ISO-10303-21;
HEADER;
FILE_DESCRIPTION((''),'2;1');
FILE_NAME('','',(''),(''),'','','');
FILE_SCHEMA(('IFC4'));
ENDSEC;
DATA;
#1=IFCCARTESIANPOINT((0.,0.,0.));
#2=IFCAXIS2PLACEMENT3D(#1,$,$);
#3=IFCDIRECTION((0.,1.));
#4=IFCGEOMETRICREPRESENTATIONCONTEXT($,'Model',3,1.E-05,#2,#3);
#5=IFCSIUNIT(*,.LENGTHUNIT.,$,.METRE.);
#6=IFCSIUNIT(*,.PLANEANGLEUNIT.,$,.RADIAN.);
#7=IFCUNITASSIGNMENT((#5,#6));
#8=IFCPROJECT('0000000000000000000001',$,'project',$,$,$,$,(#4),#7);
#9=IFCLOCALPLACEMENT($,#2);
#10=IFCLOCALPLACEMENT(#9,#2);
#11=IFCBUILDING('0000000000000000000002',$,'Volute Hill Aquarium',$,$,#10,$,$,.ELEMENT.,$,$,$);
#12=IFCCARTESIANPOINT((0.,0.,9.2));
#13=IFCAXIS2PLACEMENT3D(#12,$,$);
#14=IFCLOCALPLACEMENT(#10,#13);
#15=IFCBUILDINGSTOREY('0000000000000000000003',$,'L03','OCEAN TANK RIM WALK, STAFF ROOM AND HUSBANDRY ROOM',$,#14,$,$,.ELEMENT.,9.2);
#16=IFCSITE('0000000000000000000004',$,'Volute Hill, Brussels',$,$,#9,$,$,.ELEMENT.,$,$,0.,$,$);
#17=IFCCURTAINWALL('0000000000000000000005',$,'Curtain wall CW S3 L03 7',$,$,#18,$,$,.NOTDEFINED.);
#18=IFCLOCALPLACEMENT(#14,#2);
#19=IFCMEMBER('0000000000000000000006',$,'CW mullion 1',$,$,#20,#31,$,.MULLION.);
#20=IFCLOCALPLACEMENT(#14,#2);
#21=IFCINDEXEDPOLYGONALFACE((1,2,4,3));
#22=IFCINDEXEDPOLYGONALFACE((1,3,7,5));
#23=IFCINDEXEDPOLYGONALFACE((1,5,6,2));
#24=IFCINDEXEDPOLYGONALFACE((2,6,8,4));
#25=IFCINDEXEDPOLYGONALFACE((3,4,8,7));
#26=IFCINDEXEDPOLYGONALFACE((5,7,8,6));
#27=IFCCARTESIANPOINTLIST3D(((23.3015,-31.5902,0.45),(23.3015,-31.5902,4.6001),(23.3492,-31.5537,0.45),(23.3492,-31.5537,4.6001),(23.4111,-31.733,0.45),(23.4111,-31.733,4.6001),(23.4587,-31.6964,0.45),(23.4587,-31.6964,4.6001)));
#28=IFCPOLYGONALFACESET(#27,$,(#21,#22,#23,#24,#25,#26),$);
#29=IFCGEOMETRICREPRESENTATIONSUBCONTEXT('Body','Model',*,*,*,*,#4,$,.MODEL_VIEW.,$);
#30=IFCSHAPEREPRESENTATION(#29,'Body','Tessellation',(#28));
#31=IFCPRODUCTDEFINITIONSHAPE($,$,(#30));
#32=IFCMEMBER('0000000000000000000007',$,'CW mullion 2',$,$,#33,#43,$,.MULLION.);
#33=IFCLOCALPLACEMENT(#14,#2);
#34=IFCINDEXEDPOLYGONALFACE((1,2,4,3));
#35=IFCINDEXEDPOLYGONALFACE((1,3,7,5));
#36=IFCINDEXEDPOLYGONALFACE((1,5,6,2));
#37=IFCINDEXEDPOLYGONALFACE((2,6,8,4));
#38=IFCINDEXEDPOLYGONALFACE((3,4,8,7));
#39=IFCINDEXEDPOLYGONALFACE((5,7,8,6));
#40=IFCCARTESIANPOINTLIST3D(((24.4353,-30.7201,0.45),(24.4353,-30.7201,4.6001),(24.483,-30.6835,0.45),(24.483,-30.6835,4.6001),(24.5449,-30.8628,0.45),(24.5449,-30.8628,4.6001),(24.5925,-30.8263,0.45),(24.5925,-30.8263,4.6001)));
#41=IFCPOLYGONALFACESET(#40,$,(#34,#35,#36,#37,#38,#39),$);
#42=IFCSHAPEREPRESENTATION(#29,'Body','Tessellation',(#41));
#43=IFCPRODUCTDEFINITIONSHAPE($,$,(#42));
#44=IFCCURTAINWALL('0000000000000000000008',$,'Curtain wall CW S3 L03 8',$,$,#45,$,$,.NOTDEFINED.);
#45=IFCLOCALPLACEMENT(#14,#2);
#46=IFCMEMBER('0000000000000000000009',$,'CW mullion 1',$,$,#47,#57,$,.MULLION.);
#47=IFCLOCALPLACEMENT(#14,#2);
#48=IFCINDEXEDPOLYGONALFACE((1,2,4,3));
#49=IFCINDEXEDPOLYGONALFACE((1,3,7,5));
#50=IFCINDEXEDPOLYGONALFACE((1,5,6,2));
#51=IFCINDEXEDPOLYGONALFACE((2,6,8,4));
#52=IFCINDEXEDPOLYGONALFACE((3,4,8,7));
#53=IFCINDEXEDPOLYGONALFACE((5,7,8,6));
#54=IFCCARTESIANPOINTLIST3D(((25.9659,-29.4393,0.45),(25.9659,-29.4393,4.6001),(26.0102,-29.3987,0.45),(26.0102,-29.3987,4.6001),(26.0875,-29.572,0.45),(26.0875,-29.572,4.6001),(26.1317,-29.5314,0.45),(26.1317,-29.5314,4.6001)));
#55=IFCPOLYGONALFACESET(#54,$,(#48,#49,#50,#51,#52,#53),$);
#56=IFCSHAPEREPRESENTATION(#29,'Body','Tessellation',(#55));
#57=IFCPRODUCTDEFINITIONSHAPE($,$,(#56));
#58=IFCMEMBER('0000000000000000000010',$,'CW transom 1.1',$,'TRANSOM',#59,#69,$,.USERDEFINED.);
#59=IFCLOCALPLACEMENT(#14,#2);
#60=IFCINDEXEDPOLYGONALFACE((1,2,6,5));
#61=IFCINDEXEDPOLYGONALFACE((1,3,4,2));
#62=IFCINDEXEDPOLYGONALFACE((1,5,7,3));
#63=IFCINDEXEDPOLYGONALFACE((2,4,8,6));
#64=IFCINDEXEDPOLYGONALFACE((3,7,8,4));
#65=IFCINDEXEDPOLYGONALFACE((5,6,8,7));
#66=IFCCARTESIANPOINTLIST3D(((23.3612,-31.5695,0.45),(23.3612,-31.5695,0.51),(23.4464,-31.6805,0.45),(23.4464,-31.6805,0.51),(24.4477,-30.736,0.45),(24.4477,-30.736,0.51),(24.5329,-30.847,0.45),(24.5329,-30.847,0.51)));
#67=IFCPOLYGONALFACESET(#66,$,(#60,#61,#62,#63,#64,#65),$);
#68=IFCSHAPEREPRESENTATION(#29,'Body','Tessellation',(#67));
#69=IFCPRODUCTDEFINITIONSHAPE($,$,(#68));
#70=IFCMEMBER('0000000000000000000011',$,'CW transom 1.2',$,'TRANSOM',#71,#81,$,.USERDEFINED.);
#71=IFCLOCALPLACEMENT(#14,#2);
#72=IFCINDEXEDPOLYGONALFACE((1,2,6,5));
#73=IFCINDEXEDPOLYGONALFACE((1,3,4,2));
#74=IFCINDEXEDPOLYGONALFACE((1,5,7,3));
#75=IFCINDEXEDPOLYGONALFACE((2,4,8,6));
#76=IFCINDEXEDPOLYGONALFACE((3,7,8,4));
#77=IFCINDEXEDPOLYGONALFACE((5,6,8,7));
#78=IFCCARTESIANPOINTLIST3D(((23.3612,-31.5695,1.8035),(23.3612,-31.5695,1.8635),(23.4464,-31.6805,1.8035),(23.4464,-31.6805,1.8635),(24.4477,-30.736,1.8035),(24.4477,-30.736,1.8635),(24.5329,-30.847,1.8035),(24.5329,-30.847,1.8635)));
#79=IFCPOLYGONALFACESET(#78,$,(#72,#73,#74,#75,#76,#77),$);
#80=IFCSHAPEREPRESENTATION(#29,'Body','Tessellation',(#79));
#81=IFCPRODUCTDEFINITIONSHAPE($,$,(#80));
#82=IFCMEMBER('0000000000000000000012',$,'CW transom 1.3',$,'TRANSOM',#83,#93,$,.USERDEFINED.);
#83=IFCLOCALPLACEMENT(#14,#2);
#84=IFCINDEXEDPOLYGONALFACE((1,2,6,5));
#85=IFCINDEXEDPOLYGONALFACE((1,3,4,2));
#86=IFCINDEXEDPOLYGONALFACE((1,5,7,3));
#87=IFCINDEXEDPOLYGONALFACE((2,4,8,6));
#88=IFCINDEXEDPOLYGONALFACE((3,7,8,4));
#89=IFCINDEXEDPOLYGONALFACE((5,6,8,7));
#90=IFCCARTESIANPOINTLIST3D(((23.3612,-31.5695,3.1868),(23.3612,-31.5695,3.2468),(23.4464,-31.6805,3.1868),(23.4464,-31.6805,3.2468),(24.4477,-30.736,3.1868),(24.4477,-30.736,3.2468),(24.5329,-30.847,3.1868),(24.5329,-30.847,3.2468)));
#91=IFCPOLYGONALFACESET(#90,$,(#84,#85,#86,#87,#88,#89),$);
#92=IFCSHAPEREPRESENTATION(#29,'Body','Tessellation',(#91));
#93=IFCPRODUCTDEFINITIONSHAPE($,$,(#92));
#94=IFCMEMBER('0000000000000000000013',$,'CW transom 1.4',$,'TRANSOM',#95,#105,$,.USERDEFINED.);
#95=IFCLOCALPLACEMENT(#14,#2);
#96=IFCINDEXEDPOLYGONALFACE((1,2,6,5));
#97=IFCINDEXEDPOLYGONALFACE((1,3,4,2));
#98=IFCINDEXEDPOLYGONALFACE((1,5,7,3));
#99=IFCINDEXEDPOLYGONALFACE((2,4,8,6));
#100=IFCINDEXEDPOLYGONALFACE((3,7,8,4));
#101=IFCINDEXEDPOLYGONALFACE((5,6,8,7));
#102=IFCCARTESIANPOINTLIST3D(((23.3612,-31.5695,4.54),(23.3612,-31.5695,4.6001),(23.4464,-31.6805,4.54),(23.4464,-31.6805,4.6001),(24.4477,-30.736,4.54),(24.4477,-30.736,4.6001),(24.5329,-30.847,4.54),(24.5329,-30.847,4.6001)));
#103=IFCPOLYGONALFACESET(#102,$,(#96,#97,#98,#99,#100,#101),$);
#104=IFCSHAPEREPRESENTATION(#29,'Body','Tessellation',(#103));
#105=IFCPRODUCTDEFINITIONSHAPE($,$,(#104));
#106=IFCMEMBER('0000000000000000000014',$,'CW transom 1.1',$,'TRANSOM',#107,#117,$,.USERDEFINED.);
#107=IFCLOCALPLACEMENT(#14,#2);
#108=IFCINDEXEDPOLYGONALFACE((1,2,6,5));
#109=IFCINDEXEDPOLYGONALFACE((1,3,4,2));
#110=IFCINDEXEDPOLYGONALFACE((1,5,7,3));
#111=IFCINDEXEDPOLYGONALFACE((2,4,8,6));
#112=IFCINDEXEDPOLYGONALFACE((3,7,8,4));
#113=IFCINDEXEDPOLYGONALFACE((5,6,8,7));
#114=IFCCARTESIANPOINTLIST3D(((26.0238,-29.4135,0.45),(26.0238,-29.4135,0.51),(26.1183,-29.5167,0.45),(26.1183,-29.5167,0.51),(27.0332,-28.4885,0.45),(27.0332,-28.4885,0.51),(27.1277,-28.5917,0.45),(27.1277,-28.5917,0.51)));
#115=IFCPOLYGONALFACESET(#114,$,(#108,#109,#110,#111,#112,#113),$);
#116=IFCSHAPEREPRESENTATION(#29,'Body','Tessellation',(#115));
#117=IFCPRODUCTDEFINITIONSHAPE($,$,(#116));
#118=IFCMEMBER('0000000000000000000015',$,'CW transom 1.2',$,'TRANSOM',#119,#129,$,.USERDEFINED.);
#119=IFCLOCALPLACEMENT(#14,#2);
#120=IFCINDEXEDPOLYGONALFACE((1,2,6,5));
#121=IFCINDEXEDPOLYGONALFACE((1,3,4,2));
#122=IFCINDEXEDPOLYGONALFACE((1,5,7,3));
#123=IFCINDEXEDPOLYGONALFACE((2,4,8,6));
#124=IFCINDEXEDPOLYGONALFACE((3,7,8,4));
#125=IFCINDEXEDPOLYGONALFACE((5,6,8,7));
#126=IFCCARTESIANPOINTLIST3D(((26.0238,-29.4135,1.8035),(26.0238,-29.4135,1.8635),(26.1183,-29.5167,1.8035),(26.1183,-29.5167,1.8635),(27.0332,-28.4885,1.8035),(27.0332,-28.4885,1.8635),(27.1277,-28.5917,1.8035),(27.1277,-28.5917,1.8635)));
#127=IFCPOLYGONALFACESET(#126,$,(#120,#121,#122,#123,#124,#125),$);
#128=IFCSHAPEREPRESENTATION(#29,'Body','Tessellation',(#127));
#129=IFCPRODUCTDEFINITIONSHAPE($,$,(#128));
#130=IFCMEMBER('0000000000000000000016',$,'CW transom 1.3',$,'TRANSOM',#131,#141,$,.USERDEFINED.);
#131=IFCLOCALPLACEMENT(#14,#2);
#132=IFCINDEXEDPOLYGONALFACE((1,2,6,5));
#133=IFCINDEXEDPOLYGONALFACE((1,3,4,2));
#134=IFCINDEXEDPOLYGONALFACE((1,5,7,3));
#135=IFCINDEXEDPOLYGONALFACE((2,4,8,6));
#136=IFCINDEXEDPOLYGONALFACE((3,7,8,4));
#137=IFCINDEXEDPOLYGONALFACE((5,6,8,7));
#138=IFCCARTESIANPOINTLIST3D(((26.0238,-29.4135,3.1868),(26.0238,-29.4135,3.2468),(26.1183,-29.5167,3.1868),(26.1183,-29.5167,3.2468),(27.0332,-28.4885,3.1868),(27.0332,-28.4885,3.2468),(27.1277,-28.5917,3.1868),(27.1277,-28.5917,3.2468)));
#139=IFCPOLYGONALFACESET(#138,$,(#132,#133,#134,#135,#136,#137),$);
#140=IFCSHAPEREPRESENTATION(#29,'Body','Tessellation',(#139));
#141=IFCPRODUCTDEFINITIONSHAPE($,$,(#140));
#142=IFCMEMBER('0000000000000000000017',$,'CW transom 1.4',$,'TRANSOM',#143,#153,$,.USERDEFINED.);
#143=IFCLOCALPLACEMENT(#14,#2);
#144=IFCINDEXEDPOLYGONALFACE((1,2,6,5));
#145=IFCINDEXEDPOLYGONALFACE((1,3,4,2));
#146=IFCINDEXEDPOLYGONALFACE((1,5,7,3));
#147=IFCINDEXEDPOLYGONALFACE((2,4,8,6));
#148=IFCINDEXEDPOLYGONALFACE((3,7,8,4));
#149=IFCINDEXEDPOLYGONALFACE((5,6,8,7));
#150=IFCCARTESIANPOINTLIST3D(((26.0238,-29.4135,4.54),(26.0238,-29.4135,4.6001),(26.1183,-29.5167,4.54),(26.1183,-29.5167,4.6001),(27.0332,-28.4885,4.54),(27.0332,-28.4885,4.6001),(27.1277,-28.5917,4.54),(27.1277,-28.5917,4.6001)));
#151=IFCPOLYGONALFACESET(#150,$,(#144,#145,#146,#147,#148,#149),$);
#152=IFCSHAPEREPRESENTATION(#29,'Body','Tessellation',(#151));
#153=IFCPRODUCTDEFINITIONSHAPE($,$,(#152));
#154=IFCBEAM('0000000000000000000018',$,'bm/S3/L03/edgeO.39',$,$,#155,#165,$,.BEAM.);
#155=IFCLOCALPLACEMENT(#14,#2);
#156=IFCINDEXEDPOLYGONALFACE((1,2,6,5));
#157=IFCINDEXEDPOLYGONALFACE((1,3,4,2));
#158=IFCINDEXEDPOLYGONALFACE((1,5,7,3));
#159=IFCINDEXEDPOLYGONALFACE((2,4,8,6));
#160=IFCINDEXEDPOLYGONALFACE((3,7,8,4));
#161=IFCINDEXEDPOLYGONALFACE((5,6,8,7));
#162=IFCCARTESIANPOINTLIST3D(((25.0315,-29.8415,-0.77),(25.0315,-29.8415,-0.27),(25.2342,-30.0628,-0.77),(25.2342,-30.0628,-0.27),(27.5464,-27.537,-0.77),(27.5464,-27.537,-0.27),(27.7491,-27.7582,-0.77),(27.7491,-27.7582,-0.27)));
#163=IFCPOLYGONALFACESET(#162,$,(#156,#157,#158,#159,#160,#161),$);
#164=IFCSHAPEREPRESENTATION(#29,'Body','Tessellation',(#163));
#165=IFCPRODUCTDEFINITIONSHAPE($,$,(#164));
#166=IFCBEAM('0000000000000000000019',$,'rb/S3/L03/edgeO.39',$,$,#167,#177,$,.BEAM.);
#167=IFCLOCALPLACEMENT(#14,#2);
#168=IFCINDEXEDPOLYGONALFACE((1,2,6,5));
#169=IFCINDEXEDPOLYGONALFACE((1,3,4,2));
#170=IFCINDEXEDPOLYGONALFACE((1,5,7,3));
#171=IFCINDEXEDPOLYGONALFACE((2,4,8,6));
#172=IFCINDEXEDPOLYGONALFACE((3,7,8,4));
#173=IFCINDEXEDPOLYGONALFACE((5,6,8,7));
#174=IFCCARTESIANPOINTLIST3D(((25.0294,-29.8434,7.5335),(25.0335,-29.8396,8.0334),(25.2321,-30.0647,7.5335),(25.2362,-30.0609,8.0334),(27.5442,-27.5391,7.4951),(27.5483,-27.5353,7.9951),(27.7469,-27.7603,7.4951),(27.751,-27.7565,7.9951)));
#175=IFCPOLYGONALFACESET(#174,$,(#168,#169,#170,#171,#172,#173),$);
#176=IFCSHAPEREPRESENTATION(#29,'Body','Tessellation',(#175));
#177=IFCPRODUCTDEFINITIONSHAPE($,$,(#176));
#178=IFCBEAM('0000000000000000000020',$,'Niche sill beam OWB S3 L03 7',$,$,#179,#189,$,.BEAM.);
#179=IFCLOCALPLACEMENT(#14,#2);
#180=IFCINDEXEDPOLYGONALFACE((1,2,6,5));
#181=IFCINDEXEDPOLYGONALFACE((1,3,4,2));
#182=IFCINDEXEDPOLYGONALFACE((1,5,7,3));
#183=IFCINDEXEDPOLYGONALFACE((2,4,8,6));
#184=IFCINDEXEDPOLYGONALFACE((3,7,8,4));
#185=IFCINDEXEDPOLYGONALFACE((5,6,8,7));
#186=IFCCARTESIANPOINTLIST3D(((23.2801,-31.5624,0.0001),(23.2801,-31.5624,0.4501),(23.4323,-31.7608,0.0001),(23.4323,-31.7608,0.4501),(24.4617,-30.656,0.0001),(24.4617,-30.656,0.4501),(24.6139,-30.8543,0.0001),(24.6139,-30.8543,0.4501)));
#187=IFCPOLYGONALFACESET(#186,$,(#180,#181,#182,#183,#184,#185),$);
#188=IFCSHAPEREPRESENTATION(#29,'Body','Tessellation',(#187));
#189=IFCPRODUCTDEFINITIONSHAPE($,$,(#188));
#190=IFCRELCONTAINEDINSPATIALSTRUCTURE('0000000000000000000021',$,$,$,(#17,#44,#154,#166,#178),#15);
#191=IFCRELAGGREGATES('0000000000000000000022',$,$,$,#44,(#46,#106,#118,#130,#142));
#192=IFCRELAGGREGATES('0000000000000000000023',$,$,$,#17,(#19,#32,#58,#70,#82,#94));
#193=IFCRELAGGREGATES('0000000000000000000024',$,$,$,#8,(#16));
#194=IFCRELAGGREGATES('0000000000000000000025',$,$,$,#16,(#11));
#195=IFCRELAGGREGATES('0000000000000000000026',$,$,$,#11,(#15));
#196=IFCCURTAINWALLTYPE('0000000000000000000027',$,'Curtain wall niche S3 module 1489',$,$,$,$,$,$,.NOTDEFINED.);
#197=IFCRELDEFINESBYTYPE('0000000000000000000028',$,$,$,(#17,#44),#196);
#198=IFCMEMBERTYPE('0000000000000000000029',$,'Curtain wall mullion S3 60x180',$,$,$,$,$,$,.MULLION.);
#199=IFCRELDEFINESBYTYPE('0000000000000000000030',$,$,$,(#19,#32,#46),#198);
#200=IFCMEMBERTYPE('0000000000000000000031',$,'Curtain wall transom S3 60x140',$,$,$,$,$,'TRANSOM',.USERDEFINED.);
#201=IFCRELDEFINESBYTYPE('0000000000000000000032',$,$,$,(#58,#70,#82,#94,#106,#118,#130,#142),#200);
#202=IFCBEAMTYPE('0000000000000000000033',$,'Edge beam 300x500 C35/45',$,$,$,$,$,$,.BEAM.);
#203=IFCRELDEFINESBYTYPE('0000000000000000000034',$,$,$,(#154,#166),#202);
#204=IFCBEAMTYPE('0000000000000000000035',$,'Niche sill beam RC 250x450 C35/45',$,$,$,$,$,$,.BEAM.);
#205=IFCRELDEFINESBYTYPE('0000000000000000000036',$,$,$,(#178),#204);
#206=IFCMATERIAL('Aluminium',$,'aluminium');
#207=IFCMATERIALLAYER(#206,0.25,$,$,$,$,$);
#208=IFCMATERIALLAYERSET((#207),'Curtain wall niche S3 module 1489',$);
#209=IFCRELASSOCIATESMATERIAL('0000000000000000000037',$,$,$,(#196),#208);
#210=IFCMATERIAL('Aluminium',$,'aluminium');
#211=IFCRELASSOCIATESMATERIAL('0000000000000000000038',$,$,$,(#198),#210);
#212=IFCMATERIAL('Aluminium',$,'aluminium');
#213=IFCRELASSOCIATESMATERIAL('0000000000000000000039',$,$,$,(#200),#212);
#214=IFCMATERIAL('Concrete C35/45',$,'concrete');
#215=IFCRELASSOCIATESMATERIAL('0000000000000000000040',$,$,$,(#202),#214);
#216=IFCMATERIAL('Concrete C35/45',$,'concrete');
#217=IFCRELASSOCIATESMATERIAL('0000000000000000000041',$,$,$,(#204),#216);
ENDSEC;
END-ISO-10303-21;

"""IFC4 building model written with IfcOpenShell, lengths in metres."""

from ifc_helpers import new_model, si_unit, direction, frame, origin, origin_2d, place, context, subcontext, project, spatial, rectangle, extrude, material, layer, layer_set, material_profile, profile_set, type_object, element, aggregate, save


model = new_model("IFC4")

# Units and contexts
model_context = context("Model", 3, precision=1e-05, world=origin(), true_north=direction((0.0, 1.0)))
body_context = subcontext(model_context, "Body", "Model", "MODEL_VIEW")
ifc_project = project(units=[si_unit("LENGTHUNIT", "METRE"), si_unit("PLANEANGLEUNIT", "RADIAN")], contexts=[model_context])

# Site, building, storey
site_placement = place(None, origin())
site = spatial("IfcSite", under=ifc_project, at=site_placement, Name="Volute Hill, Brussels", CompositionType="ELEMENT", RefElevation=0.0)
building_placement = place(site_placement, origin())
building = spatial("IfcBuilding", under=site, at=building_placement, Name="Volute Hill Aquarium", CompositionType="ELEMENT")
storey_placement = place(building_placement, frame((0.0, 0.0, 9.2)))
storey = spatial("IfcBuildingStorey", under=building, at=storey_placement, Name="L03", Description="OCEAN TANK RIM WALK, STAFF ROOM AND HUSBANDRY ROOM", CompositionType="ELEMENT", Elevation=9.2)

# Curtain wall, members
ifc_material_1 = material(Name="Aluminium", Category="aluminium")
ifc_layer_1 = layer(ifc_material_1, 0.25)
ifc_layer_set_1 = layer_set([ifc_layer_1], Name="Curtain wall niche S3 module 1489")
curtain_wall_type = type_object("IfcCurtainWallType", Name="Curtain wall niche S3 module 1489", PredefinedType="NOTDEFINED", material=ifc_layer_set_1)
curtain_wall_1_placement = place(storey_placement, origin())
curtain_wall_1 = element("IfcCurtainWall", 1, at=curtain_wall_1_placement, inside=storey, type_object=curtain_wall_type, Name="Curtain wall CW S3 L03 7", PredefinedType="NOTDEFINED")
ifc_material_2 = material(Name="Aluminium", Category="aluminium")
ifc_material_profile_1 = material_profile(ifc_material_2, rectangle(XDim=0.1799, YDim=0.0601, at=origin_2d()), Name="Curtain wall mullion S3 60x180")
ifc_profile_set_1 = profile_set([ifc_material_profile_1], Name="Aluminium")
member_type_1 = type_object("IfcMemberType", Name="Curtain wall mullion S3 60x180", PredefinedType="MULLION", material=ifc_profile_set_1)
member_1_placement = place(storey_placement, frame((23.3801, -31.6433, 0.45), z_axis=(0.0, 0.0, 1.0), x_axis=(-0.608747, 0.793365, 0.0)))
member_1 = element("IfcMember", 2, at=member_1_placement, type_object=member_type_1, Name="CW mullion 1", PredefinedType="MULLION", context=body_context, shape_type="SweptSolid", body=[
    extrude(rectangle(XDim=0.1799, YDim=0.0601, at=origin_2d()), origin(), (0.0, 0.0, 1.0), 4.1501),
])
member_2_placement = place(storey_placement, frame((24.5139, -30.7732, 0.45), z_axis=(0.0, 0.0, 1.0), x_axis=(-0.608747, 0.793365, 0.0)))
member_2 = element("IfcMember", 3, at=member_2_placement, type_object=member_type_1, Name="CW mullion 2", PredefinedType="MULLION", context=body_context, shape_type="SweptSolid", body=[
    extrude(rectangle(XDim=0.1799, YDim=0.0601, at=origin_2d()), origin(), (0.0, 0.0, 1.0), 4.1501),
])

# Curtain wall, member
curtain_wall_2_placement = place(storey_placement, origin())
curtain_wall_2 = element("IfcCurtainWall", 4, at=curtain_wall_2_placement, inside=storey, type_object=curtain_wall_type, Name="Curtain wall CW S3 L03 8", PredefinedType="NOTDEFINED")
member_3_placement = place(storey_placement, frame((26.0488, -29.4854, 0.45), z_axis=(0.0, 0.0, 1.0), x_axis=(-0.675613, 0.737256, 0.0)))
member_3 = element("IfcMember", 5, at=member_3_placement, type_object=member_type_1, Name="CW mullion 1", PredefinedType="MULLION", context=body_context, shape_type="SweptSolid", body=[
    extrude(rectangle(XDim=0.1799, YDim=0.0601, at=origin_2d()), origin(), (0.0, 0.0, 1.0), 4.1501),
])

# Members
ifc_material_3 = material(Name="Aluminium", Category="aluminium")
ifc_material_profile_2 = material_profile(ifc_material_3, rectangle(XDim=0.1399, YDim=0.0601, at=origin_2d()), Name="Curtain wall transom S3 60x140")
ifc_profile_set_2 = profile_set([ifc_material_profile_2], Name="Aluminium")
member_type_2 = type_object("IfcMemberType", Name="Curtain wall transom S3 60x140", ElementType="TRANSOM", PredefinedType="USERDEFINED", material=ifc_profile_set_2)
member_4_placement = place(storey_placement, frame((23.4038, -31.625, 0.48), z_axis=(0.793405, 0.608694, 0.0), x_axis=(-0.608694, 0.793405, 0.0)))
member_4 = element("IfcMember", 6, at=member_4_placement, type_object=member_type_2, Name="CW transom 1.1", ObjectType="TRANSOM", PredefinedType="USERDEFINED", context=body_context, shape_type="SweptSolid", body=[
    extrude(rectangle(XDim=0.1399, YDim=0.0601, at=origin_2d()), origin(), (0.0, 0.0, 1.0), 1.3694),
])
member_5_placement = place(storey_placement, frame((23.4038, -31.625, 1.8335), z_axis=(0.793405, 0.608694, 0.0), x_axis=(-0.608694, 0.793405, 0.0)))
member_5 = element("IfcMember", 7, at=member_5_placement, type_object=member_type_2, Name="CW transom 1.2", ObjectType="TRANSOM", PredefinedType="USERDEFINED", context=body_context, shape_type="SweptSolid", body=[
    extrude(rectangle(XDim=0.1399, YDim=0.0601, at=origin_2d()), origin(), (0.0, 0.0, 1.0), 1.3694),
])
member_6_placement = place(storey_placement, frame((23.4038, -31.625, 3.2168), z_axis=(0.793405, 0.608694, 0.0), x_axis=(-0.608694, 0.793405, 0.0)))
member_6 = element("IfcMember", 8, at=member_6_placement, type_object=member_type_2, Name="CW transom 1.3", ObjectType="TRANSOM", PredefinedType="USERDEFINED", context=body_context, shape_type="SweptSolid", body=[
    extrude(rectangle(XDim=0.1399, YDim=0.0601, at=origin_2d()), origin(), (0.0, 0.0, 1.0), 1.3694),
])
member_7_placement = place(storey_placement, frame((23.4038, -31.625, 4.5701), z_axis=(0.793405, 0.608694, 0.0), x_axis=(-0.608694, 0.793405, 0.0)))
member_7 = element("IfcMember", 9, at=member_7_placement, type_object=member_type_2, Name="CW transom 1.4", ObjectType="TRANSOM", PredefinedType="USERDEFINED", context=body_context, shape_type="SweptSolid", body=[
    extrude(rectangle(XDim=0.1399, YDim=0.0601, at=origin_2d()), origin(), (0.0, 0.0, 1.0), 1.3694),
])
member_8_placement = place(storey_placement, frame((26.071, -29.4651, 0.48), z_axis=(0.73728, 0.675587, 0.0), x_axis=(-0.675587, 0.73728, 0.0)))
member_8 = element("IfcMember", 10, at=member_8_placement, type_object=member_type_2, Name="CW transom 1.1", ObjectType="TRANSOM", PredefinedType="USERDEFINED", context=body_context, shape_type="SweptSolid", body=[
    extrude(rectangle(XDim=0.1399, YDim=0.0601, at=origin_2d()), origin(), (0.0, 0.0, 1.0), 1.3691),
])
member_9_placement = place(storey_placement, frame((26.071, -29.4651, 1.8335), z_axis=(0.73728, 0.675587, 0.0), x_axis=(-0.675587, 0.73728, 0.0)))
member_9 = element("IfcMember", 11, at=member_9_placement, type_object=member_type_2, Name="CW transom 1.2", ObjectType="TRANSOM", PredefinedType="USERDEFINED", context=body_context, shape_type="SweptSolid", body=[
    extrude(rectangle(XDim=0.1399, YDim=0.0601, at=origin_2d()), origin(), (0.0, 0.0, 1.0), 1.3691),
])
member_10_placement = place(storey_placement, frame((26.071, -29.4651, 3.2168), z_axis=(0.73728, 0.675587, 0.0), x_axis=(-0.675587, 0.73728, 0.0)))
member_10 = element("IfcMember", 12, at=member_10_placement, type_object=member_type_2, Name="CW transom 1.3", ObjectType="TRANSOM", PredefinedType="USERDEFINED", context=body_context, shape_type="SweptSolid", body=[
    extrude(rectangle(XDim=0.1399, YDim=0.0601, at=origin_2d()), origin(), (0.0, 0.0, 1.0), 1.3691),
])
member_11_placement = place(storey_placement, frame((26.071, -29.4651, 4.5701), z_axis=(0.73728, 0.675587, 0.0), x_axis=(-0.675587, 0.73728, 0.0)))
member_11 = element("IfcMember", 13, at=member_11_placement, type_object=member_type_2, Name="CW transom 1.4", ObjectType="TRANSOM", PredefinedType="USERDEFINED", context=body_context, shape_type="SweptSolid", body=[
    extrude(rectangle(XDim=0.1399, YDim=0.0601, at=origin_2d()), origin(), (0.0, 0.0, 1.0), 1.3691),
])
aggregate(curtain_wall_2, [member_3, member_8, member_9, member_10, member_11])

# Beams
ifc_material_4 = material(Name="Concrete C35/45", Category="concrete")
ifc_material_profile_3 = material_profile(ifc_material_4, rectangle(XDim=0.3, YDim=0.5, at=origin_2d()), Name="RC edge beam 300x500")
ifc_profile_set_3 = profile_set([ifc_material_profile_3], Name="Concrete C35/45")
beam_type_1 = type_object("IfcBeamType", Name="Edge beam 300x500 C35/45", PredefinedType="BEAM", material=ifc_profile_set_3)
for number, where, z_axis, x_axis, name in (
    (14, (25.1328, -29.9521, -0.52), (0.737282, 0.675585, 0.0), (-0.675585, 0.737282, 0.0), "bm/S3/L03/edgeO.39"),
    (15, (25.1328, -29.9521, 7.7834), (0.737235, 0.675543, -0.011236), (-0.675585, 0.737282, 0.0), "rb/S3/L03/edgeO.39"),
):
    element("IfcBeam", number, at=place(storey_placement, frame(where, z_axis=z_axis, x_axis=x_axis)), inside=storey, type_object=beam_type_1, Name=name, PredefinedType="BEAM", context=body_context, shape_type="SweptSolid", body=[
        extrude(rectangle(XDim=0.3, YDim=0.5, at=origin_2d()), origin(), (0.0, 0.0, 1.0), 3.4111),
    ])
ifc_material_5 = material(Name="Concrete C35/45", Category="concrete")
ifc_material_profile_4 = material_profile(ifc_material_5, rectangle(XDim=0.25, YDim=0.45, at=origin_2d()), Name="RC beam 250x450")
ifc_profile_set_4 = profile_set([ifc_material_profile_4], Name="Concrete C35/45")
beam_type_2 = type_object("IfcBeamType", Name="Niche sill beam RC 250x450 C35/45", PredefinedType="BEAM", material=ifc_profile_set_4)
for number, where, z_axis, x_axis, name in (
    (16, (23.3562, -31.6616, 0.2251), (0.793422, 0.608672, 0.0), (-0.608672, 0.793422, 0.0), "Niche sill beam OWB S3 L03 7"),
):
    element("IfcBeam", number, at=place(storey_placement, frame(where, z_axis=z_axis, x_axis=x_axis)), inside=storey, type_object=beam_type_2, Name=name, PredefinedType="BEAM", context=body_context, shape_type="SweptSolid", body=[
        extrude(rectangle(XDim=0.25, YDim=0.45, at=origin_2d()), origin(), (0.0, 0.0, 1.0), 1.4893),
    ])

aggregate(curtain_wall_1, [member_1, member_2, member_4, member_5, member_6, member_7])

save(model, "model.ifc")
